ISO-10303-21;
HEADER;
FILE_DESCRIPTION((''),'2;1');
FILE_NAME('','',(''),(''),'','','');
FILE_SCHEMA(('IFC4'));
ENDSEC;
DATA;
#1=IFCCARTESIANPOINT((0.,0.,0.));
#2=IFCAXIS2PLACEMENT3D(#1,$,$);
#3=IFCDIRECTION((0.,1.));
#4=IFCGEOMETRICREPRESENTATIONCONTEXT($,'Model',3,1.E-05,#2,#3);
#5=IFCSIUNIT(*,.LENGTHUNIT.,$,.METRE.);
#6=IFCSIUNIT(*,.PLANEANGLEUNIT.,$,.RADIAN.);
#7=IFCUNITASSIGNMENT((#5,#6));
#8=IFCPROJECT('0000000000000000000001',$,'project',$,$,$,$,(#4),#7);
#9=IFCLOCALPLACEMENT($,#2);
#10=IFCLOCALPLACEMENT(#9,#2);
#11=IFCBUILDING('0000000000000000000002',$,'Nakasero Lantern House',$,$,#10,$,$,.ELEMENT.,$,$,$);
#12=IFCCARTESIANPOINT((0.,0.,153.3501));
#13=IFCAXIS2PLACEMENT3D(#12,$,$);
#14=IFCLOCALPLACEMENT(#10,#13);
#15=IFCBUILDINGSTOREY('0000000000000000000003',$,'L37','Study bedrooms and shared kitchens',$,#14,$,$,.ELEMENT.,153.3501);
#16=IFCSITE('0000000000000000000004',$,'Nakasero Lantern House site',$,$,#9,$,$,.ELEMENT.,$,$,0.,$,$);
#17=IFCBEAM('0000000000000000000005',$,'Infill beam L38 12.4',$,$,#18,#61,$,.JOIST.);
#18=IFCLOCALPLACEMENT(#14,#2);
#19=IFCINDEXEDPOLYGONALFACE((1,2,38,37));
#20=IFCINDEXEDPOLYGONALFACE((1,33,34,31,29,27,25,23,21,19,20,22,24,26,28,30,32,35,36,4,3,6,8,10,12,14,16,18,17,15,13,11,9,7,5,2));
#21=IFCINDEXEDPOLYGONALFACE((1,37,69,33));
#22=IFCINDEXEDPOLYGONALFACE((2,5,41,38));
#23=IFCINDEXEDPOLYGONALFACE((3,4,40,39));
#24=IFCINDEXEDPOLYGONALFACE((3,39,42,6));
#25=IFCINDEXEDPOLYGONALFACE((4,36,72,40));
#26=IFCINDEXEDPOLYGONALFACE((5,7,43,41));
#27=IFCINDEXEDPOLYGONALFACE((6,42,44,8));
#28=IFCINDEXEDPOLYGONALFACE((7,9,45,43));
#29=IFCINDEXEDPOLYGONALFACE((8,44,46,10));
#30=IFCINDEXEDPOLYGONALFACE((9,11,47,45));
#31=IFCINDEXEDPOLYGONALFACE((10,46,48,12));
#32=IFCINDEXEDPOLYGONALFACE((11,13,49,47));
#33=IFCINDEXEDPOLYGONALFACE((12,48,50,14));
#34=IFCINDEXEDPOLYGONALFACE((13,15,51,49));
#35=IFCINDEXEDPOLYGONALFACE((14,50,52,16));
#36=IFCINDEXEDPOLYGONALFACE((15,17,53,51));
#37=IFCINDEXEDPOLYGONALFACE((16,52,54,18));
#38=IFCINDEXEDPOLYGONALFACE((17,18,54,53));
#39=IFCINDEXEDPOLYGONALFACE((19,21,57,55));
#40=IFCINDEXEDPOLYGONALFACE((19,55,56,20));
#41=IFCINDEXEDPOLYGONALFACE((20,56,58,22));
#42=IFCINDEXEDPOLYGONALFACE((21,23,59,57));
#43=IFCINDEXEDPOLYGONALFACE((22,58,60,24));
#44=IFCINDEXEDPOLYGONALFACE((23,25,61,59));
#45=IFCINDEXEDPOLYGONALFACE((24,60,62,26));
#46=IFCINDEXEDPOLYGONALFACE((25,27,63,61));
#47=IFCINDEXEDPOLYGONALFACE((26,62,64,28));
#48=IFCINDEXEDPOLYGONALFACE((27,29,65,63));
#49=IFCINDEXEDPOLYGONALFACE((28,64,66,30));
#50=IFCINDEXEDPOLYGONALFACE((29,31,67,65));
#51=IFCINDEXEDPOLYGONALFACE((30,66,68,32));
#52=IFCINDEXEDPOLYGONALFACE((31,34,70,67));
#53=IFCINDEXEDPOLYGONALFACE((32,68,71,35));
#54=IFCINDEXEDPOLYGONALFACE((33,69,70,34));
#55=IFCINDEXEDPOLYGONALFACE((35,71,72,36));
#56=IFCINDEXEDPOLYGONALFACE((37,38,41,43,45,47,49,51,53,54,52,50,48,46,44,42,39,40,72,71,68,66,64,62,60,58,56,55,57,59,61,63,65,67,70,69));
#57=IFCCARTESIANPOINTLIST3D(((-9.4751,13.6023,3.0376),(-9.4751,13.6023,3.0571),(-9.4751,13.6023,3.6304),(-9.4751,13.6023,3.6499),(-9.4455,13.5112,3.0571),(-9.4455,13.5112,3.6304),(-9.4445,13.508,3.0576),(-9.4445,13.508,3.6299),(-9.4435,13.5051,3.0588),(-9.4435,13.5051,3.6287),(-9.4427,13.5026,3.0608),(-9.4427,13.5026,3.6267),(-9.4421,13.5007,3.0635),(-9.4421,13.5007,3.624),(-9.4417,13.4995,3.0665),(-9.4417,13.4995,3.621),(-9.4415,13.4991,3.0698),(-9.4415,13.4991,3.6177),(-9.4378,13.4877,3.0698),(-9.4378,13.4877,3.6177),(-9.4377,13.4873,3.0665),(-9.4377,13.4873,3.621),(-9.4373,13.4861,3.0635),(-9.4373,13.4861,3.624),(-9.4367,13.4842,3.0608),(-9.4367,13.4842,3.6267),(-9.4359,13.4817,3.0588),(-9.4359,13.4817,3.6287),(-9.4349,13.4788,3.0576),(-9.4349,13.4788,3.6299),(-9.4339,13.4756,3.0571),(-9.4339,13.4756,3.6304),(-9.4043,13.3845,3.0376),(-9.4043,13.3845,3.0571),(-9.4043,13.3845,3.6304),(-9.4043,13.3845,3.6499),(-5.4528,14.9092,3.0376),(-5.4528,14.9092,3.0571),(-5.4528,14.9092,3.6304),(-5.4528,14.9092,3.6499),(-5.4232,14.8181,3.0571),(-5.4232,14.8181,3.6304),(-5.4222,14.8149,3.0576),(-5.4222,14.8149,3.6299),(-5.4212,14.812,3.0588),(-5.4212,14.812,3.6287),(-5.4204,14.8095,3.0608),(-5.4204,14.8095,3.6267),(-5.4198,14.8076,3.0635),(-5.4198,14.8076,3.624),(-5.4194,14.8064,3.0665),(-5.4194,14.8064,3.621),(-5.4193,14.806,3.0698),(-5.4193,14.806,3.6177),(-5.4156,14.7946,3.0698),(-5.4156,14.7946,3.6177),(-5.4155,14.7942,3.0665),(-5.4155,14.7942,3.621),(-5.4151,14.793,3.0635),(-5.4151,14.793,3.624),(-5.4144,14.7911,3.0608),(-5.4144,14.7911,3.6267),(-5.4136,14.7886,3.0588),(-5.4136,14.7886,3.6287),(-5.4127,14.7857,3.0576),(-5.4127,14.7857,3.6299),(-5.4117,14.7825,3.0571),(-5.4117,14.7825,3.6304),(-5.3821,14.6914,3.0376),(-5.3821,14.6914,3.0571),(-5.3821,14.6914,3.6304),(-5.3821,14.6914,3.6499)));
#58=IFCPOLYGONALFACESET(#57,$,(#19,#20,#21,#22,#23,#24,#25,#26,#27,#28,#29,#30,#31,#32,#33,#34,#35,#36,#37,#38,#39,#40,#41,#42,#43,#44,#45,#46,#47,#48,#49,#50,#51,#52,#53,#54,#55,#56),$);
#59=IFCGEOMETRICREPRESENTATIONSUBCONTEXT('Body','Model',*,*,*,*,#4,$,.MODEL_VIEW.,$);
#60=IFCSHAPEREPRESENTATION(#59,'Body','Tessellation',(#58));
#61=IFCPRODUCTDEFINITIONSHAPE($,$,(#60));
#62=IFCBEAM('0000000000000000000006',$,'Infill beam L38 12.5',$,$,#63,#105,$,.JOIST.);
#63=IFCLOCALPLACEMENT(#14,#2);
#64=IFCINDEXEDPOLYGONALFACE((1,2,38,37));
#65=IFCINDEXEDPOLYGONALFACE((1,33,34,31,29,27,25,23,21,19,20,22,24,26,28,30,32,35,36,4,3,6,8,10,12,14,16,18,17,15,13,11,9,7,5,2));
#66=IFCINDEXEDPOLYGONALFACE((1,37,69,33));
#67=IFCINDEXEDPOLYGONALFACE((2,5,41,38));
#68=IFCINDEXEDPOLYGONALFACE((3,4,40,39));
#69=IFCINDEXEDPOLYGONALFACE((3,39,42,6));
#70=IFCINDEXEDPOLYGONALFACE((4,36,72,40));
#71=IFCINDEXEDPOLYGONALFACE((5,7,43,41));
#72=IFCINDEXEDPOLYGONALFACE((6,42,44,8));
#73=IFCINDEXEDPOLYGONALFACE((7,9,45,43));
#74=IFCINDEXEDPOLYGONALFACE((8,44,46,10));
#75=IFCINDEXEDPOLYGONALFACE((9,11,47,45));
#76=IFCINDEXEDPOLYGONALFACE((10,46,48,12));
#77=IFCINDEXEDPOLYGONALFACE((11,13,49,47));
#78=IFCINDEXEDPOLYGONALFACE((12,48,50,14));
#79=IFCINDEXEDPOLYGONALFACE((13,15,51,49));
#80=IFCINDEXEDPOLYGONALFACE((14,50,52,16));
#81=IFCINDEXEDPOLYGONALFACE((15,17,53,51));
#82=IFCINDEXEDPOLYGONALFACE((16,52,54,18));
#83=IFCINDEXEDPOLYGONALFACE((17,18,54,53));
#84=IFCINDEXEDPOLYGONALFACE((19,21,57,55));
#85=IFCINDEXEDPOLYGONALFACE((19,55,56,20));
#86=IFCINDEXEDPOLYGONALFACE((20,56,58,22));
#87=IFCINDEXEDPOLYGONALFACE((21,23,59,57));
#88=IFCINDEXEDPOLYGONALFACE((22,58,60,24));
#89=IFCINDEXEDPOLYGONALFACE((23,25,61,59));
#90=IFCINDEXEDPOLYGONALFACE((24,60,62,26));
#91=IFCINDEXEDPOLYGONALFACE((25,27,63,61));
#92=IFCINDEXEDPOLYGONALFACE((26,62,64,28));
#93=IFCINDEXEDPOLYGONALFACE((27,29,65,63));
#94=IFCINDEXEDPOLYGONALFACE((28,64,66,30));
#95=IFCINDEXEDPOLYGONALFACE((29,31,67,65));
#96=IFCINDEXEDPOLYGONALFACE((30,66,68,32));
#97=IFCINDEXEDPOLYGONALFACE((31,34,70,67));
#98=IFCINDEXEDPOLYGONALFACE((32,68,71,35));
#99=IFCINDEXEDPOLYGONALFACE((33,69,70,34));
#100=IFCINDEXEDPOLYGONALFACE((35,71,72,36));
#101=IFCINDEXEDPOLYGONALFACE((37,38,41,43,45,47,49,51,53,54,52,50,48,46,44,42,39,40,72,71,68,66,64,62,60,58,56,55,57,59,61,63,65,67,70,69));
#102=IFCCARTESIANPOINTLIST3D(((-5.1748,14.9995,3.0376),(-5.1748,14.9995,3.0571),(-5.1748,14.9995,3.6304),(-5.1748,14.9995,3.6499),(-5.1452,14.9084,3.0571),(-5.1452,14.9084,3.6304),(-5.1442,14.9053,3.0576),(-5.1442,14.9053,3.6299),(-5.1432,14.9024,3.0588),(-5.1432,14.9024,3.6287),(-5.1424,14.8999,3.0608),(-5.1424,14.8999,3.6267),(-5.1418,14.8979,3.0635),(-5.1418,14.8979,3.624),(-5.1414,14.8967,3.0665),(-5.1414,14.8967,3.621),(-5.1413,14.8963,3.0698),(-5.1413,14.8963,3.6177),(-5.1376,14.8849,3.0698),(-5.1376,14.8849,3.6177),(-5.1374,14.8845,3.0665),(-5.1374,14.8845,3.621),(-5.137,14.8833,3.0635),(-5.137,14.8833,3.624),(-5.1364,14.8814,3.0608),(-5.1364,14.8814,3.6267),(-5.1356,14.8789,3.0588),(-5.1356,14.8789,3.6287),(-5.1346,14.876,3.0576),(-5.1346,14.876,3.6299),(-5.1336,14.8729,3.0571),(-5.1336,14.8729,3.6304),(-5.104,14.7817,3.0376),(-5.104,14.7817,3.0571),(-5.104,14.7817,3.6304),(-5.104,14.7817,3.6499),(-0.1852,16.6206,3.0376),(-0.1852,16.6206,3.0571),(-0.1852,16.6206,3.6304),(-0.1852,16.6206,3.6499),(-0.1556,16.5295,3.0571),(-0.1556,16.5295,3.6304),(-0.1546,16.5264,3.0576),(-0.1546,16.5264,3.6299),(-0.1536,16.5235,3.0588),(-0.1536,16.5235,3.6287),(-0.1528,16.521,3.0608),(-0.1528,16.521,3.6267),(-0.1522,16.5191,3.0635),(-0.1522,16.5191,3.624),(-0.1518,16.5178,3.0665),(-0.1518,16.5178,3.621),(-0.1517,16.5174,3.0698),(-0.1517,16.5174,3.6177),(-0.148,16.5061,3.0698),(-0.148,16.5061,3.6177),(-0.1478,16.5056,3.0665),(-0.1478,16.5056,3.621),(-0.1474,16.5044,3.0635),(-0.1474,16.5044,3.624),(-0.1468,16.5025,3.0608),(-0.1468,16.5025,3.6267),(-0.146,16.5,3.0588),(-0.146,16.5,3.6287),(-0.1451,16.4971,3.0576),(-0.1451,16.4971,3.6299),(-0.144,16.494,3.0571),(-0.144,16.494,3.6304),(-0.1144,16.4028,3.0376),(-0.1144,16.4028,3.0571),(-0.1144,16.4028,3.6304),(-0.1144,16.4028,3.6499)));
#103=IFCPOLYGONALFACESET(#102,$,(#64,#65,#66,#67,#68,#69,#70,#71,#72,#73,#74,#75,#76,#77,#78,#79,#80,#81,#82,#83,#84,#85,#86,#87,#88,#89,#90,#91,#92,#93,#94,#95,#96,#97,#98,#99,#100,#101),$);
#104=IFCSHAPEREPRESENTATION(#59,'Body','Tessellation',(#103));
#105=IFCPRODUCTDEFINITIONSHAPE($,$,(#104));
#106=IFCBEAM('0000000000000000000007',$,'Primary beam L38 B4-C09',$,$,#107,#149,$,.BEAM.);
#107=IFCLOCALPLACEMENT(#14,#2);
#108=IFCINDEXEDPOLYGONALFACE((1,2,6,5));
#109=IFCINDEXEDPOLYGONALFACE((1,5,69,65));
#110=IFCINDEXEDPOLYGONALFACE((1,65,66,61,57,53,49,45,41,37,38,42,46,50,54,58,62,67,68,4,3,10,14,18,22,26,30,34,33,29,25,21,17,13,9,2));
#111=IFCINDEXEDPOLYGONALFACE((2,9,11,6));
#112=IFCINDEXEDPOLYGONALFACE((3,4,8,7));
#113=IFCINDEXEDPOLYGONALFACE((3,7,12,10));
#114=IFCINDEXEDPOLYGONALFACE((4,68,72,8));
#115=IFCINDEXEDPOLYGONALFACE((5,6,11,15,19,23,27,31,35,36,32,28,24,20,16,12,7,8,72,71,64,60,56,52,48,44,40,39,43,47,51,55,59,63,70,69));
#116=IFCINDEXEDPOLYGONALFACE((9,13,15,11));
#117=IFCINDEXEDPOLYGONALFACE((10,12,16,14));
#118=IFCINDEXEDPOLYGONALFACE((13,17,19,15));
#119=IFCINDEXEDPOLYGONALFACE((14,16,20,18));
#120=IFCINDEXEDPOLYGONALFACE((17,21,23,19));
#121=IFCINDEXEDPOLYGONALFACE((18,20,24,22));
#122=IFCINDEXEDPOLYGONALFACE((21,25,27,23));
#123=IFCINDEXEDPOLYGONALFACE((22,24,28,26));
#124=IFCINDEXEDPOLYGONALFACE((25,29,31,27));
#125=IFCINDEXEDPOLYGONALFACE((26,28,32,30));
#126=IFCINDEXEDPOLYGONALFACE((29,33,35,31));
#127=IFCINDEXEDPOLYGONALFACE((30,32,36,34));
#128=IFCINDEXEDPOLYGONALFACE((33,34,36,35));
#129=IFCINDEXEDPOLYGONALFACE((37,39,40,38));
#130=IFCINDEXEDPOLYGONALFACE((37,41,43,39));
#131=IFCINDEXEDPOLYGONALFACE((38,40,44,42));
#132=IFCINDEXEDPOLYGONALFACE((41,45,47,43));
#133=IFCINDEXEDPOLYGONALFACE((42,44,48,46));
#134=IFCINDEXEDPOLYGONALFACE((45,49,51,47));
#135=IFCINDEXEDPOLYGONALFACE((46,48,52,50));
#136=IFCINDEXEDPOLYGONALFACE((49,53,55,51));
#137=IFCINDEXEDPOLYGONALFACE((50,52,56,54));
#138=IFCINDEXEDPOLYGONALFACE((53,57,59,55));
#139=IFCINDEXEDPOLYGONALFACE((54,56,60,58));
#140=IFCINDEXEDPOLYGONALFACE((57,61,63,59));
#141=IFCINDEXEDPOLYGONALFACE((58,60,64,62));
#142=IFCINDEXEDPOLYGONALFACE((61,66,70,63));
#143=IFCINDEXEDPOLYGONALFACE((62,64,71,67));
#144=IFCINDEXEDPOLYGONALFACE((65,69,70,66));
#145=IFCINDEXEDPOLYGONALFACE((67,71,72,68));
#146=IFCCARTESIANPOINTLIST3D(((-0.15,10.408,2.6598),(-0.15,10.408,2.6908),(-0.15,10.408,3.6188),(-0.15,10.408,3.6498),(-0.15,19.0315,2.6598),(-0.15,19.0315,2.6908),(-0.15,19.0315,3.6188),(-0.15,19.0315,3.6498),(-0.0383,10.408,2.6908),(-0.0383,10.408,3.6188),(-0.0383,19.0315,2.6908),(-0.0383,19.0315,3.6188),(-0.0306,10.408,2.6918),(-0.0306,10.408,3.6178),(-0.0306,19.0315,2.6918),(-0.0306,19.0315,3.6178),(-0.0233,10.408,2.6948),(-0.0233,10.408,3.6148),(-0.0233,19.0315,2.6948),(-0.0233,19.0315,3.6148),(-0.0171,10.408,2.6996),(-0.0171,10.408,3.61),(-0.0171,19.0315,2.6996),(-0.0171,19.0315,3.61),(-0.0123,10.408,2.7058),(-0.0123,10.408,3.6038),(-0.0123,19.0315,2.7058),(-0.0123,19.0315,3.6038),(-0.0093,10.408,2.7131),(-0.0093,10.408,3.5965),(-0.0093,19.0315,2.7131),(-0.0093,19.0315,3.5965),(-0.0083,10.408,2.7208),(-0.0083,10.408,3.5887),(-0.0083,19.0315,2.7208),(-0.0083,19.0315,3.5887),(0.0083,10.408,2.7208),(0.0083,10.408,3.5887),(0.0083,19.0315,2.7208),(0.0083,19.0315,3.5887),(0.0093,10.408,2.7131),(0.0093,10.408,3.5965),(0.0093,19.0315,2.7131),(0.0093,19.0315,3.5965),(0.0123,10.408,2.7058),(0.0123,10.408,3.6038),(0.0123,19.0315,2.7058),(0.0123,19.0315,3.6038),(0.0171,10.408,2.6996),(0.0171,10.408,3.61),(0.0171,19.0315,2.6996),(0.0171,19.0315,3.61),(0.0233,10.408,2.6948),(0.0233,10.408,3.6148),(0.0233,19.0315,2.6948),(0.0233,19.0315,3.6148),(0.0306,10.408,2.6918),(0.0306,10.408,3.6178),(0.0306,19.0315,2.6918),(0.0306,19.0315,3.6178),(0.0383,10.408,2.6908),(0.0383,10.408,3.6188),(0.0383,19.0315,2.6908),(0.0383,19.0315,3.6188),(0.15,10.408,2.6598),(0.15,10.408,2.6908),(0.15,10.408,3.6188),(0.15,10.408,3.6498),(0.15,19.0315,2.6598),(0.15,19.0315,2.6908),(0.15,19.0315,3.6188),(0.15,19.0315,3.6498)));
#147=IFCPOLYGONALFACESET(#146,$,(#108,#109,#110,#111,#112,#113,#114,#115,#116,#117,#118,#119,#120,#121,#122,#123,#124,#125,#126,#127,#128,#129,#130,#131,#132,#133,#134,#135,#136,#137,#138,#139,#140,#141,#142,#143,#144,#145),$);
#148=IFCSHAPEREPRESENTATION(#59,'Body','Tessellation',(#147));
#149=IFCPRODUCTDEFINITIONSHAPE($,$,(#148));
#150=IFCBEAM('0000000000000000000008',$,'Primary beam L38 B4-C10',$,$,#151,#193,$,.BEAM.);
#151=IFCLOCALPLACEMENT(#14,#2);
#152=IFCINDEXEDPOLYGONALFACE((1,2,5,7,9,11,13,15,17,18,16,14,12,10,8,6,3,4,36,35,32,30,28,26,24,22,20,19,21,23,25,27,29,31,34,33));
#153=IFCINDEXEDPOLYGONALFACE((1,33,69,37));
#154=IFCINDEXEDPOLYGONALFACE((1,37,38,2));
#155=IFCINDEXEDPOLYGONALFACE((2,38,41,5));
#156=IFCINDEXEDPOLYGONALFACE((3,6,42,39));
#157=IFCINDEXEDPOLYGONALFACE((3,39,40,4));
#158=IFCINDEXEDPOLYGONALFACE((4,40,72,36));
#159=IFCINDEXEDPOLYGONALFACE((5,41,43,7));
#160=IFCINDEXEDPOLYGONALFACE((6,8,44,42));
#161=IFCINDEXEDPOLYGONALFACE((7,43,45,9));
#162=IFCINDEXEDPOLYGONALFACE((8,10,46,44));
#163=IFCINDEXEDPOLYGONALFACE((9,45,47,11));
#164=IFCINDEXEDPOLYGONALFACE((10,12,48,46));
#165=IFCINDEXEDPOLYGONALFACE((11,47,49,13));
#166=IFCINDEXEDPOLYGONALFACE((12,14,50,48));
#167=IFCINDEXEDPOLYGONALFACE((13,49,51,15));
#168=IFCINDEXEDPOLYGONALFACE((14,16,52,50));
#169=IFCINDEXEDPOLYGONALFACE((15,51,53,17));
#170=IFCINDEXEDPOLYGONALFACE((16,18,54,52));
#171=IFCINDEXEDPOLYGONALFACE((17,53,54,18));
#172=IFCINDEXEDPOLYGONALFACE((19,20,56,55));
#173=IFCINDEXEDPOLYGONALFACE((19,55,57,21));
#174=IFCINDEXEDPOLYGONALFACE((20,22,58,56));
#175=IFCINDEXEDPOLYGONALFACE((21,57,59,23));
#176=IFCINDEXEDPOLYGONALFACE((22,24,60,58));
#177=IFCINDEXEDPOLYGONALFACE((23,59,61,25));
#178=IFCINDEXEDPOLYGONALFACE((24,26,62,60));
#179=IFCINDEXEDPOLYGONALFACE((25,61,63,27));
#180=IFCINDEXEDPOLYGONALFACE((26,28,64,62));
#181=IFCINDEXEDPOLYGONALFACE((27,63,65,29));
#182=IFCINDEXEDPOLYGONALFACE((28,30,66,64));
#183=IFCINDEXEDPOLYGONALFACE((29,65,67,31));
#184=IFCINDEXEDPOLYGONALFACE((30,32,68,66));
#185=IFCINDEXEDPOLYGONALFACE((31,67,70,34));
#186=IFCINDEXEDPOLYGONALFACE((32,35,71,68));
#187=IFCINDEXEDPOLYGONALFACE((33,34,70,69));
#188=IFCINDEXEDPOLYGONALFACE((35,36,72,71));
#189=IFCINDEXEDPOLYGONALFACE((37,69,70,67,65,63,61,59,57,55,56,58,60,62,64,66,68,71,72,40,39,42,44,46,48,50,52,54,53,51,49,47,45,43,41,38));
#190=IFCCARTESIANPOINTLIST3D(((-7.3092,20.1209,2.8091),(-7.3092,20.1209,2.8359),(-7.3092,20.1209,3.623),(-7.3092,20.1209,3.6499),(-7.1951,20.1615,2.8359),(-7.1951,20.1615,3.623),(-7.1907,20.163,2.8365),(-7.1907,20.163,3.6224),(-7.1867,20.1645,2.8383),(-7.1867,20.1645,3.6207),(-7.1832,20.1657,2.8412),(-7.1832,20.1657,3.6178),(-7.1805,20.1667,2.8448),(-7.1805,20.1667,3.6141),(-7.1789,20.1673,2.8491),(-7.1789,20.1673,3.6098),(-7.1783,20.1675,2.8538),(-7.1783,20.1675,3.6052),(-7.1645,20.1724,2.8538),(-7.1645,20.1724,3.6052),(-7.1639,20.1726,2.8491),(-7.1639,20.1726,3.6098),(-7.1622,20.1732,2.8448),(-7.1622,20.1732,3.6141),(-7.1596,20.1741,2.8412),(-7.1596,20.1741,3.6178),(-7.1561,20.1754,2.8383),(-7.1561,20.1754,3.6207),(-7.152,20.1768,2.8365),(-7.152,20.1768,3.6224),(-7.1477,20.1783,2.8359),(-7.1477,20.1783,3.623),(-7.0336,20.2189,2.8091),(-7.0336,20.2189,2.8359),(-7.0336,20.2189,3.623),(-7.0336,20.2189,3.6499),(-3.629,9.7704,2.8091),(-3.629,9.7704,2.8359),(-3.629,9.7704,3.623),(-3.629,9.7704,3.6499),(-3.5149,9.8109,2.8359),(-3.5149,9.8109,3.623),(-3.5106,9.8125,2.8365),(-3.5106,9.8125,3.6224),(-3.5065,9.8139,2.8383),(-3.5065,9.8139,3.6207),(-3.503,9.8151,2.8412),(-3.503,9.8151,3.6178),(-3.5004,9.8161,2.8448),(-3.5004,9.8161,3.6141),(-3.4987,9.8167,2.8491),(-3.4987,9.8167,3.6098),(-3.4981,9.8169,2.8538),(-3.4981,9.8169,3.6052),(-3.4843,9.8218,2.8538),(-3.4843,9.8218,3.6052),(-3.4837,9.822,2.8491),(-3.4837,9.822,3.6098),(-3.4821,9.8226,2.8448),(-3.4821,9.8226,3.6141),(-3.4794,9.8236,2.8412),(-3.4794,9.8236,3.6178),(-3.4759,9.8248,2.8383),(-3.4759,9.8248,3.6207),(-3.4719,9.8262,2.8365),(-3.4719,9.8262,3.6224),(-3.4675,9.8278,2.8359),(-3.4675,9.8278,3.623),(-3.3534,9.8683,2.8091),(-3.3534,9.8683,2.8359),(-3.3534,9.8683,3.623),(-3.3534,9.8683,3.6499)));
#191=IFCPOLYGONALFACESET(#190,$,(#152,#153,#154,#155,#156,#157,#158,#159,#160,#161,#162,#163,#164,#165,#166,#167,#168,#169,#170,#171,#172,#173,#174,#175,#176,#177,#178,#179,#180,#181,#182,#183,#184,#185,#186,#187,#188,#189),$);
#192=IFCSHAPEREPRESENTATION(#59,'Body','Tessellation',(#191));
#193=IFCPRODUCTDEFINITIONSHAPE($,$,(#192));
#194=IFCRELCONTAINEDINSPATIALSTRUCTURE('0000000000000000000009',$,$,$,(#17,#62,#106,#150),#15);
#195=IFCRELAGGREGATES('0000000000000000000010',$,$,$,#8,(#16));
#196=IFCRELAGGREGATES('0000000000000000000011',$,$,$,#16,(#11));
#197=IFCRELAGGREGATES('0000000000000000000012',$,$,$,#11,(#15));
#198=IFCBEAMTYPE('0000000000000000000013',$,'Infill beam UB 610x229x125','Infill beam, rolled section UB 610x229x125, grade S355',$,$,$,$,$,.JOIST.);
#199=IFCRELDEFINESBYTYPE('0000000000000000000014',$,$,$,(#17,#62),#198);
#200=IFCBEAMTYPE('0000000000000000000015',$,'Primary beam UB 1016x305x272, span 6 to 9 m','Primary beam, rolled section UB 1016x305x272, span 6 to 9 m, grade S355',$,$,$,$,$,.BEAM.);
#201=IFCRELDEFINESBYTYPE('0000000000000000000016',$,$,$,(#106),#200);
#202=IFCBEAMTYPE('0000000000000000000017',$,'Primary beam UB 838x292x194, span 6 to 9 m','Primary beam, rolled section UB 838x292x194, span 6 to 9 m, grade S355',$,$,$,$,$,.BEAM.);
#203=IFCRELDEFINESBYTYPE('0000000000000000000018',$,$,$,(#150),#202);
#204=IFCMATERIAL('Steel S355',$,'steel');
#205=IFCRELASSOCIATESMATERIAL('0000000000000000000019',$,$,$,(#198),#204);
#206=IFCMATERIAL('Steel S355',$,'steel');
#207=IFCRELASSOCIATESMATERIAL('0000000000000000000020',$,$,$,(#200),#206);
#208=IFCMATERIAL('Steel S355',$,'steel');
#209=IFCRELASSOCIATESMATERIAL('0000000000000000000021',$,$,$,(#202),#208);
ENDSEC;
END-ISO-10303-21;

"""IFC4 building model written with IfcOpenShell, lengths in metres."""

from ifc_helpers import new_model, si_unit, direction, frame, origin, origin_2d, place, context, subcontext, project, spatial, i_section, extrude, material, material_profile, profile_set, type_object, element, save


model = new_model("IFC4")

# Units and contexts
model_context = context("Model", 3, precision=1e-05, world=origin(), true_north=direction((0.0, 1.0)))
body_context = subcontext(model_context, "Body", "Model", "MODEL_VIEW")
ifc_project = project(units=[si_unit("LENGTHUNIT", "METRE"), si_unit("PLANEANGLEUNIT", "RADIAN")], contexts=[model_context])

# Site, building, storey
site_placement = place(None, origin())
site = spatial("IfcSite", under=ifc_project, at=site_placement, Name="Nakasero Lantern House site", CompositionType="ELEMENT", RefElevation=0.0)
building_placement = place(site_placement, origin())
building = spatial("IfcBuilding", under=site, at=building_placement, Name="Nakasero Lantern House", CompositionType="ELEMENT")
storey_placement = place(building_placement, frame((0.0, 0.0, 153.3501)))
storey = spatial("IfcBuildingStorey", under=building, at=storey_placement, Name="L37", Description="Study bedrooms and shared kitchens", CompositionType="ELEMENT", Elevation=153.3501)

# Beams
ifc_material_1 = material(Name="Steel S355", Category="steel")
ifc_material_profile_1 = material_profile(ifc_material_1, i_section(OverallWidth=0.229, OverallDepth=0.6123, WebThickness=0.012, FlangeThickness=0.0195, FilletRadius=0.0127, at=origin_2d()), Name="UB 610x229x125")
ifc_profile_set_1 = profile_set([ifc_material_profile_1], Name="Steel S355")
beam_type_1 = type_object("IfcBeamType", Name="Infill beam UB 610x229x125", Description="Infill beam, rolled section UB 610x229x125, grade S355", PredefinedType="JOIST", material=ifc_profile_set_1)
beam_1_placement = place(storey_placement, frame((-9.4397, 13.4934, 3.3438), z_axis=(0.951057, 0.309014, 0.0), x_axis=(-0.309014, 0.951057, 0.0)))
element("IfcBeam", 1, at=beam_1_placement, inside=storey, type_object=beam_type_1, Name="Infill beam L38 12.4", PredefinedType="JOIST", context=body_context, shape_type="SweptSolid", body=[
    extrude(i_section(OverallWidth=0.229, OverallDepth=0.6123, WebThickness=0.012, FlangeThickness=0.0195, FilletRadius=0.0127, at=origin_2d()), origin(), (0.0, 0.0, 1.0), 4.2292),
])
beam_2_placement = place(storey_placement, frame((-5.1394, 14.8906, 3.3438), z_axis=(0.951062, 0.309001, 0.0), x_axis=(-0.309001, 0.951062, 0.0)))
element("IfcBeam", 2, at=beam_2_placement, inside=storey, type_object=beam_type_1, Name="Infill beam L38 12.5", PredefinedType="JOIST", context=body_context, shape_type="SweptSolid", body=[
    extrude(i_section(OverallWidth=0.229, OverallDepth=0.6123, WebThickness=0.012, FlangeThickness=0.0195, FilletRadius=0.0127, at=origin_2d()), origin(), (0.0, 0.0, 1.0), 5.2463),
])
ifc_material_2 = material(Name="Steel S355", Category="steel")
ifc_material_profile_2 = material_profile(ifc_material_2, i_section(OverallWidth=0.3, OverallDepth=0.99, WebThickness=0.0166, FlangeThickness=0.031, FilletRadius=0.03, at=origin_2d()), Name="UB 1016x305x272")
ifc_profile_set_2 = profile_set([ifc_material_profile_2], Name="Steel S355")
beam_type_2 = type_object("IfcBeamType", Name="Primary beam UB 1016x305x272, span 6 to 9 m", Description="Primary beam, rolled section UB 1016x305x272, span 6 to 9 m, grade S355", PredefinedType="BEAM", material=ifc_profile_set_2)
beam_3_placement = place(storey_placement, frame((0.0, 19.0315, 3.1548), z_axis=(0.0, -1.0, 0.0), x_axis=(1.0, 0.0, 0.0)))
element("IfcBeam", 3, at=beam_3_placement, inside=storey, type_object=beam_type_2, Name="Primary beam L38 B4-C09", PredefinedType="BEAM", context=body_context, shape_type="SweptSolid", body=[
    extrude(i_section(OverallWidth=0.3, OverallDepth=0.99, WebThickness=0.0166, FlangeThickness=0.031, FilletRadius=0.03, at=origin_2d()), origin(), (0.0, 0.0, 1.0), 8.6235),
])
ifc_material_3 = material(Name="Steel S355", Category="steel")
ifc_material_profile_3 = material_profile(ifc_material_3, i_section(OverallWidth=0.2925, OverallDepth=0.8408, WebThickness=0.0146, FlangeThickness=0.0269, FilletRadius=0.0178, at=origin_2d()), Name="UB 838x292x194")
ifc_profile_set_3 = profile_set([ifc_material_profile_3], Name="Steel S355")
beam_type_3 = type_object("IfcBeamType", Name="Primary beam UB 838x292x194, span 6 to 9 m", Description="Primary beam, rolled section UB 838x292x194, span 6 to 9 m, grade S355", PredefinedType="BEAM", material=ifc_profile_set_3)
beam_4_placement = place(storey_placement, frame((-7.1714, 20.1699, 3.2295), z_axis=(0.335007, -0.942216, 0.0), x_axis=(0.942216, 0.335007, 0.0)))
element("IfcBeam", 4, at=beam_4_placement, inside=storey, type_object=beam_type_3, Name="Primary beam L38 B4-C10", PredefinedType="BEAM", context=body_context, shape_type="SweptSolid", body=[
    extrude(i_section(OverallWidth=0.2925, OverallDepth=0.8408, WebThickness=0.0146, FlangeThickness=0.0269, FilletRadius=0.0178, at=origin_2d()), origin(), (0.0, 0.0, 1.0), 10.9854),
])

save(model, "model.ifc")
